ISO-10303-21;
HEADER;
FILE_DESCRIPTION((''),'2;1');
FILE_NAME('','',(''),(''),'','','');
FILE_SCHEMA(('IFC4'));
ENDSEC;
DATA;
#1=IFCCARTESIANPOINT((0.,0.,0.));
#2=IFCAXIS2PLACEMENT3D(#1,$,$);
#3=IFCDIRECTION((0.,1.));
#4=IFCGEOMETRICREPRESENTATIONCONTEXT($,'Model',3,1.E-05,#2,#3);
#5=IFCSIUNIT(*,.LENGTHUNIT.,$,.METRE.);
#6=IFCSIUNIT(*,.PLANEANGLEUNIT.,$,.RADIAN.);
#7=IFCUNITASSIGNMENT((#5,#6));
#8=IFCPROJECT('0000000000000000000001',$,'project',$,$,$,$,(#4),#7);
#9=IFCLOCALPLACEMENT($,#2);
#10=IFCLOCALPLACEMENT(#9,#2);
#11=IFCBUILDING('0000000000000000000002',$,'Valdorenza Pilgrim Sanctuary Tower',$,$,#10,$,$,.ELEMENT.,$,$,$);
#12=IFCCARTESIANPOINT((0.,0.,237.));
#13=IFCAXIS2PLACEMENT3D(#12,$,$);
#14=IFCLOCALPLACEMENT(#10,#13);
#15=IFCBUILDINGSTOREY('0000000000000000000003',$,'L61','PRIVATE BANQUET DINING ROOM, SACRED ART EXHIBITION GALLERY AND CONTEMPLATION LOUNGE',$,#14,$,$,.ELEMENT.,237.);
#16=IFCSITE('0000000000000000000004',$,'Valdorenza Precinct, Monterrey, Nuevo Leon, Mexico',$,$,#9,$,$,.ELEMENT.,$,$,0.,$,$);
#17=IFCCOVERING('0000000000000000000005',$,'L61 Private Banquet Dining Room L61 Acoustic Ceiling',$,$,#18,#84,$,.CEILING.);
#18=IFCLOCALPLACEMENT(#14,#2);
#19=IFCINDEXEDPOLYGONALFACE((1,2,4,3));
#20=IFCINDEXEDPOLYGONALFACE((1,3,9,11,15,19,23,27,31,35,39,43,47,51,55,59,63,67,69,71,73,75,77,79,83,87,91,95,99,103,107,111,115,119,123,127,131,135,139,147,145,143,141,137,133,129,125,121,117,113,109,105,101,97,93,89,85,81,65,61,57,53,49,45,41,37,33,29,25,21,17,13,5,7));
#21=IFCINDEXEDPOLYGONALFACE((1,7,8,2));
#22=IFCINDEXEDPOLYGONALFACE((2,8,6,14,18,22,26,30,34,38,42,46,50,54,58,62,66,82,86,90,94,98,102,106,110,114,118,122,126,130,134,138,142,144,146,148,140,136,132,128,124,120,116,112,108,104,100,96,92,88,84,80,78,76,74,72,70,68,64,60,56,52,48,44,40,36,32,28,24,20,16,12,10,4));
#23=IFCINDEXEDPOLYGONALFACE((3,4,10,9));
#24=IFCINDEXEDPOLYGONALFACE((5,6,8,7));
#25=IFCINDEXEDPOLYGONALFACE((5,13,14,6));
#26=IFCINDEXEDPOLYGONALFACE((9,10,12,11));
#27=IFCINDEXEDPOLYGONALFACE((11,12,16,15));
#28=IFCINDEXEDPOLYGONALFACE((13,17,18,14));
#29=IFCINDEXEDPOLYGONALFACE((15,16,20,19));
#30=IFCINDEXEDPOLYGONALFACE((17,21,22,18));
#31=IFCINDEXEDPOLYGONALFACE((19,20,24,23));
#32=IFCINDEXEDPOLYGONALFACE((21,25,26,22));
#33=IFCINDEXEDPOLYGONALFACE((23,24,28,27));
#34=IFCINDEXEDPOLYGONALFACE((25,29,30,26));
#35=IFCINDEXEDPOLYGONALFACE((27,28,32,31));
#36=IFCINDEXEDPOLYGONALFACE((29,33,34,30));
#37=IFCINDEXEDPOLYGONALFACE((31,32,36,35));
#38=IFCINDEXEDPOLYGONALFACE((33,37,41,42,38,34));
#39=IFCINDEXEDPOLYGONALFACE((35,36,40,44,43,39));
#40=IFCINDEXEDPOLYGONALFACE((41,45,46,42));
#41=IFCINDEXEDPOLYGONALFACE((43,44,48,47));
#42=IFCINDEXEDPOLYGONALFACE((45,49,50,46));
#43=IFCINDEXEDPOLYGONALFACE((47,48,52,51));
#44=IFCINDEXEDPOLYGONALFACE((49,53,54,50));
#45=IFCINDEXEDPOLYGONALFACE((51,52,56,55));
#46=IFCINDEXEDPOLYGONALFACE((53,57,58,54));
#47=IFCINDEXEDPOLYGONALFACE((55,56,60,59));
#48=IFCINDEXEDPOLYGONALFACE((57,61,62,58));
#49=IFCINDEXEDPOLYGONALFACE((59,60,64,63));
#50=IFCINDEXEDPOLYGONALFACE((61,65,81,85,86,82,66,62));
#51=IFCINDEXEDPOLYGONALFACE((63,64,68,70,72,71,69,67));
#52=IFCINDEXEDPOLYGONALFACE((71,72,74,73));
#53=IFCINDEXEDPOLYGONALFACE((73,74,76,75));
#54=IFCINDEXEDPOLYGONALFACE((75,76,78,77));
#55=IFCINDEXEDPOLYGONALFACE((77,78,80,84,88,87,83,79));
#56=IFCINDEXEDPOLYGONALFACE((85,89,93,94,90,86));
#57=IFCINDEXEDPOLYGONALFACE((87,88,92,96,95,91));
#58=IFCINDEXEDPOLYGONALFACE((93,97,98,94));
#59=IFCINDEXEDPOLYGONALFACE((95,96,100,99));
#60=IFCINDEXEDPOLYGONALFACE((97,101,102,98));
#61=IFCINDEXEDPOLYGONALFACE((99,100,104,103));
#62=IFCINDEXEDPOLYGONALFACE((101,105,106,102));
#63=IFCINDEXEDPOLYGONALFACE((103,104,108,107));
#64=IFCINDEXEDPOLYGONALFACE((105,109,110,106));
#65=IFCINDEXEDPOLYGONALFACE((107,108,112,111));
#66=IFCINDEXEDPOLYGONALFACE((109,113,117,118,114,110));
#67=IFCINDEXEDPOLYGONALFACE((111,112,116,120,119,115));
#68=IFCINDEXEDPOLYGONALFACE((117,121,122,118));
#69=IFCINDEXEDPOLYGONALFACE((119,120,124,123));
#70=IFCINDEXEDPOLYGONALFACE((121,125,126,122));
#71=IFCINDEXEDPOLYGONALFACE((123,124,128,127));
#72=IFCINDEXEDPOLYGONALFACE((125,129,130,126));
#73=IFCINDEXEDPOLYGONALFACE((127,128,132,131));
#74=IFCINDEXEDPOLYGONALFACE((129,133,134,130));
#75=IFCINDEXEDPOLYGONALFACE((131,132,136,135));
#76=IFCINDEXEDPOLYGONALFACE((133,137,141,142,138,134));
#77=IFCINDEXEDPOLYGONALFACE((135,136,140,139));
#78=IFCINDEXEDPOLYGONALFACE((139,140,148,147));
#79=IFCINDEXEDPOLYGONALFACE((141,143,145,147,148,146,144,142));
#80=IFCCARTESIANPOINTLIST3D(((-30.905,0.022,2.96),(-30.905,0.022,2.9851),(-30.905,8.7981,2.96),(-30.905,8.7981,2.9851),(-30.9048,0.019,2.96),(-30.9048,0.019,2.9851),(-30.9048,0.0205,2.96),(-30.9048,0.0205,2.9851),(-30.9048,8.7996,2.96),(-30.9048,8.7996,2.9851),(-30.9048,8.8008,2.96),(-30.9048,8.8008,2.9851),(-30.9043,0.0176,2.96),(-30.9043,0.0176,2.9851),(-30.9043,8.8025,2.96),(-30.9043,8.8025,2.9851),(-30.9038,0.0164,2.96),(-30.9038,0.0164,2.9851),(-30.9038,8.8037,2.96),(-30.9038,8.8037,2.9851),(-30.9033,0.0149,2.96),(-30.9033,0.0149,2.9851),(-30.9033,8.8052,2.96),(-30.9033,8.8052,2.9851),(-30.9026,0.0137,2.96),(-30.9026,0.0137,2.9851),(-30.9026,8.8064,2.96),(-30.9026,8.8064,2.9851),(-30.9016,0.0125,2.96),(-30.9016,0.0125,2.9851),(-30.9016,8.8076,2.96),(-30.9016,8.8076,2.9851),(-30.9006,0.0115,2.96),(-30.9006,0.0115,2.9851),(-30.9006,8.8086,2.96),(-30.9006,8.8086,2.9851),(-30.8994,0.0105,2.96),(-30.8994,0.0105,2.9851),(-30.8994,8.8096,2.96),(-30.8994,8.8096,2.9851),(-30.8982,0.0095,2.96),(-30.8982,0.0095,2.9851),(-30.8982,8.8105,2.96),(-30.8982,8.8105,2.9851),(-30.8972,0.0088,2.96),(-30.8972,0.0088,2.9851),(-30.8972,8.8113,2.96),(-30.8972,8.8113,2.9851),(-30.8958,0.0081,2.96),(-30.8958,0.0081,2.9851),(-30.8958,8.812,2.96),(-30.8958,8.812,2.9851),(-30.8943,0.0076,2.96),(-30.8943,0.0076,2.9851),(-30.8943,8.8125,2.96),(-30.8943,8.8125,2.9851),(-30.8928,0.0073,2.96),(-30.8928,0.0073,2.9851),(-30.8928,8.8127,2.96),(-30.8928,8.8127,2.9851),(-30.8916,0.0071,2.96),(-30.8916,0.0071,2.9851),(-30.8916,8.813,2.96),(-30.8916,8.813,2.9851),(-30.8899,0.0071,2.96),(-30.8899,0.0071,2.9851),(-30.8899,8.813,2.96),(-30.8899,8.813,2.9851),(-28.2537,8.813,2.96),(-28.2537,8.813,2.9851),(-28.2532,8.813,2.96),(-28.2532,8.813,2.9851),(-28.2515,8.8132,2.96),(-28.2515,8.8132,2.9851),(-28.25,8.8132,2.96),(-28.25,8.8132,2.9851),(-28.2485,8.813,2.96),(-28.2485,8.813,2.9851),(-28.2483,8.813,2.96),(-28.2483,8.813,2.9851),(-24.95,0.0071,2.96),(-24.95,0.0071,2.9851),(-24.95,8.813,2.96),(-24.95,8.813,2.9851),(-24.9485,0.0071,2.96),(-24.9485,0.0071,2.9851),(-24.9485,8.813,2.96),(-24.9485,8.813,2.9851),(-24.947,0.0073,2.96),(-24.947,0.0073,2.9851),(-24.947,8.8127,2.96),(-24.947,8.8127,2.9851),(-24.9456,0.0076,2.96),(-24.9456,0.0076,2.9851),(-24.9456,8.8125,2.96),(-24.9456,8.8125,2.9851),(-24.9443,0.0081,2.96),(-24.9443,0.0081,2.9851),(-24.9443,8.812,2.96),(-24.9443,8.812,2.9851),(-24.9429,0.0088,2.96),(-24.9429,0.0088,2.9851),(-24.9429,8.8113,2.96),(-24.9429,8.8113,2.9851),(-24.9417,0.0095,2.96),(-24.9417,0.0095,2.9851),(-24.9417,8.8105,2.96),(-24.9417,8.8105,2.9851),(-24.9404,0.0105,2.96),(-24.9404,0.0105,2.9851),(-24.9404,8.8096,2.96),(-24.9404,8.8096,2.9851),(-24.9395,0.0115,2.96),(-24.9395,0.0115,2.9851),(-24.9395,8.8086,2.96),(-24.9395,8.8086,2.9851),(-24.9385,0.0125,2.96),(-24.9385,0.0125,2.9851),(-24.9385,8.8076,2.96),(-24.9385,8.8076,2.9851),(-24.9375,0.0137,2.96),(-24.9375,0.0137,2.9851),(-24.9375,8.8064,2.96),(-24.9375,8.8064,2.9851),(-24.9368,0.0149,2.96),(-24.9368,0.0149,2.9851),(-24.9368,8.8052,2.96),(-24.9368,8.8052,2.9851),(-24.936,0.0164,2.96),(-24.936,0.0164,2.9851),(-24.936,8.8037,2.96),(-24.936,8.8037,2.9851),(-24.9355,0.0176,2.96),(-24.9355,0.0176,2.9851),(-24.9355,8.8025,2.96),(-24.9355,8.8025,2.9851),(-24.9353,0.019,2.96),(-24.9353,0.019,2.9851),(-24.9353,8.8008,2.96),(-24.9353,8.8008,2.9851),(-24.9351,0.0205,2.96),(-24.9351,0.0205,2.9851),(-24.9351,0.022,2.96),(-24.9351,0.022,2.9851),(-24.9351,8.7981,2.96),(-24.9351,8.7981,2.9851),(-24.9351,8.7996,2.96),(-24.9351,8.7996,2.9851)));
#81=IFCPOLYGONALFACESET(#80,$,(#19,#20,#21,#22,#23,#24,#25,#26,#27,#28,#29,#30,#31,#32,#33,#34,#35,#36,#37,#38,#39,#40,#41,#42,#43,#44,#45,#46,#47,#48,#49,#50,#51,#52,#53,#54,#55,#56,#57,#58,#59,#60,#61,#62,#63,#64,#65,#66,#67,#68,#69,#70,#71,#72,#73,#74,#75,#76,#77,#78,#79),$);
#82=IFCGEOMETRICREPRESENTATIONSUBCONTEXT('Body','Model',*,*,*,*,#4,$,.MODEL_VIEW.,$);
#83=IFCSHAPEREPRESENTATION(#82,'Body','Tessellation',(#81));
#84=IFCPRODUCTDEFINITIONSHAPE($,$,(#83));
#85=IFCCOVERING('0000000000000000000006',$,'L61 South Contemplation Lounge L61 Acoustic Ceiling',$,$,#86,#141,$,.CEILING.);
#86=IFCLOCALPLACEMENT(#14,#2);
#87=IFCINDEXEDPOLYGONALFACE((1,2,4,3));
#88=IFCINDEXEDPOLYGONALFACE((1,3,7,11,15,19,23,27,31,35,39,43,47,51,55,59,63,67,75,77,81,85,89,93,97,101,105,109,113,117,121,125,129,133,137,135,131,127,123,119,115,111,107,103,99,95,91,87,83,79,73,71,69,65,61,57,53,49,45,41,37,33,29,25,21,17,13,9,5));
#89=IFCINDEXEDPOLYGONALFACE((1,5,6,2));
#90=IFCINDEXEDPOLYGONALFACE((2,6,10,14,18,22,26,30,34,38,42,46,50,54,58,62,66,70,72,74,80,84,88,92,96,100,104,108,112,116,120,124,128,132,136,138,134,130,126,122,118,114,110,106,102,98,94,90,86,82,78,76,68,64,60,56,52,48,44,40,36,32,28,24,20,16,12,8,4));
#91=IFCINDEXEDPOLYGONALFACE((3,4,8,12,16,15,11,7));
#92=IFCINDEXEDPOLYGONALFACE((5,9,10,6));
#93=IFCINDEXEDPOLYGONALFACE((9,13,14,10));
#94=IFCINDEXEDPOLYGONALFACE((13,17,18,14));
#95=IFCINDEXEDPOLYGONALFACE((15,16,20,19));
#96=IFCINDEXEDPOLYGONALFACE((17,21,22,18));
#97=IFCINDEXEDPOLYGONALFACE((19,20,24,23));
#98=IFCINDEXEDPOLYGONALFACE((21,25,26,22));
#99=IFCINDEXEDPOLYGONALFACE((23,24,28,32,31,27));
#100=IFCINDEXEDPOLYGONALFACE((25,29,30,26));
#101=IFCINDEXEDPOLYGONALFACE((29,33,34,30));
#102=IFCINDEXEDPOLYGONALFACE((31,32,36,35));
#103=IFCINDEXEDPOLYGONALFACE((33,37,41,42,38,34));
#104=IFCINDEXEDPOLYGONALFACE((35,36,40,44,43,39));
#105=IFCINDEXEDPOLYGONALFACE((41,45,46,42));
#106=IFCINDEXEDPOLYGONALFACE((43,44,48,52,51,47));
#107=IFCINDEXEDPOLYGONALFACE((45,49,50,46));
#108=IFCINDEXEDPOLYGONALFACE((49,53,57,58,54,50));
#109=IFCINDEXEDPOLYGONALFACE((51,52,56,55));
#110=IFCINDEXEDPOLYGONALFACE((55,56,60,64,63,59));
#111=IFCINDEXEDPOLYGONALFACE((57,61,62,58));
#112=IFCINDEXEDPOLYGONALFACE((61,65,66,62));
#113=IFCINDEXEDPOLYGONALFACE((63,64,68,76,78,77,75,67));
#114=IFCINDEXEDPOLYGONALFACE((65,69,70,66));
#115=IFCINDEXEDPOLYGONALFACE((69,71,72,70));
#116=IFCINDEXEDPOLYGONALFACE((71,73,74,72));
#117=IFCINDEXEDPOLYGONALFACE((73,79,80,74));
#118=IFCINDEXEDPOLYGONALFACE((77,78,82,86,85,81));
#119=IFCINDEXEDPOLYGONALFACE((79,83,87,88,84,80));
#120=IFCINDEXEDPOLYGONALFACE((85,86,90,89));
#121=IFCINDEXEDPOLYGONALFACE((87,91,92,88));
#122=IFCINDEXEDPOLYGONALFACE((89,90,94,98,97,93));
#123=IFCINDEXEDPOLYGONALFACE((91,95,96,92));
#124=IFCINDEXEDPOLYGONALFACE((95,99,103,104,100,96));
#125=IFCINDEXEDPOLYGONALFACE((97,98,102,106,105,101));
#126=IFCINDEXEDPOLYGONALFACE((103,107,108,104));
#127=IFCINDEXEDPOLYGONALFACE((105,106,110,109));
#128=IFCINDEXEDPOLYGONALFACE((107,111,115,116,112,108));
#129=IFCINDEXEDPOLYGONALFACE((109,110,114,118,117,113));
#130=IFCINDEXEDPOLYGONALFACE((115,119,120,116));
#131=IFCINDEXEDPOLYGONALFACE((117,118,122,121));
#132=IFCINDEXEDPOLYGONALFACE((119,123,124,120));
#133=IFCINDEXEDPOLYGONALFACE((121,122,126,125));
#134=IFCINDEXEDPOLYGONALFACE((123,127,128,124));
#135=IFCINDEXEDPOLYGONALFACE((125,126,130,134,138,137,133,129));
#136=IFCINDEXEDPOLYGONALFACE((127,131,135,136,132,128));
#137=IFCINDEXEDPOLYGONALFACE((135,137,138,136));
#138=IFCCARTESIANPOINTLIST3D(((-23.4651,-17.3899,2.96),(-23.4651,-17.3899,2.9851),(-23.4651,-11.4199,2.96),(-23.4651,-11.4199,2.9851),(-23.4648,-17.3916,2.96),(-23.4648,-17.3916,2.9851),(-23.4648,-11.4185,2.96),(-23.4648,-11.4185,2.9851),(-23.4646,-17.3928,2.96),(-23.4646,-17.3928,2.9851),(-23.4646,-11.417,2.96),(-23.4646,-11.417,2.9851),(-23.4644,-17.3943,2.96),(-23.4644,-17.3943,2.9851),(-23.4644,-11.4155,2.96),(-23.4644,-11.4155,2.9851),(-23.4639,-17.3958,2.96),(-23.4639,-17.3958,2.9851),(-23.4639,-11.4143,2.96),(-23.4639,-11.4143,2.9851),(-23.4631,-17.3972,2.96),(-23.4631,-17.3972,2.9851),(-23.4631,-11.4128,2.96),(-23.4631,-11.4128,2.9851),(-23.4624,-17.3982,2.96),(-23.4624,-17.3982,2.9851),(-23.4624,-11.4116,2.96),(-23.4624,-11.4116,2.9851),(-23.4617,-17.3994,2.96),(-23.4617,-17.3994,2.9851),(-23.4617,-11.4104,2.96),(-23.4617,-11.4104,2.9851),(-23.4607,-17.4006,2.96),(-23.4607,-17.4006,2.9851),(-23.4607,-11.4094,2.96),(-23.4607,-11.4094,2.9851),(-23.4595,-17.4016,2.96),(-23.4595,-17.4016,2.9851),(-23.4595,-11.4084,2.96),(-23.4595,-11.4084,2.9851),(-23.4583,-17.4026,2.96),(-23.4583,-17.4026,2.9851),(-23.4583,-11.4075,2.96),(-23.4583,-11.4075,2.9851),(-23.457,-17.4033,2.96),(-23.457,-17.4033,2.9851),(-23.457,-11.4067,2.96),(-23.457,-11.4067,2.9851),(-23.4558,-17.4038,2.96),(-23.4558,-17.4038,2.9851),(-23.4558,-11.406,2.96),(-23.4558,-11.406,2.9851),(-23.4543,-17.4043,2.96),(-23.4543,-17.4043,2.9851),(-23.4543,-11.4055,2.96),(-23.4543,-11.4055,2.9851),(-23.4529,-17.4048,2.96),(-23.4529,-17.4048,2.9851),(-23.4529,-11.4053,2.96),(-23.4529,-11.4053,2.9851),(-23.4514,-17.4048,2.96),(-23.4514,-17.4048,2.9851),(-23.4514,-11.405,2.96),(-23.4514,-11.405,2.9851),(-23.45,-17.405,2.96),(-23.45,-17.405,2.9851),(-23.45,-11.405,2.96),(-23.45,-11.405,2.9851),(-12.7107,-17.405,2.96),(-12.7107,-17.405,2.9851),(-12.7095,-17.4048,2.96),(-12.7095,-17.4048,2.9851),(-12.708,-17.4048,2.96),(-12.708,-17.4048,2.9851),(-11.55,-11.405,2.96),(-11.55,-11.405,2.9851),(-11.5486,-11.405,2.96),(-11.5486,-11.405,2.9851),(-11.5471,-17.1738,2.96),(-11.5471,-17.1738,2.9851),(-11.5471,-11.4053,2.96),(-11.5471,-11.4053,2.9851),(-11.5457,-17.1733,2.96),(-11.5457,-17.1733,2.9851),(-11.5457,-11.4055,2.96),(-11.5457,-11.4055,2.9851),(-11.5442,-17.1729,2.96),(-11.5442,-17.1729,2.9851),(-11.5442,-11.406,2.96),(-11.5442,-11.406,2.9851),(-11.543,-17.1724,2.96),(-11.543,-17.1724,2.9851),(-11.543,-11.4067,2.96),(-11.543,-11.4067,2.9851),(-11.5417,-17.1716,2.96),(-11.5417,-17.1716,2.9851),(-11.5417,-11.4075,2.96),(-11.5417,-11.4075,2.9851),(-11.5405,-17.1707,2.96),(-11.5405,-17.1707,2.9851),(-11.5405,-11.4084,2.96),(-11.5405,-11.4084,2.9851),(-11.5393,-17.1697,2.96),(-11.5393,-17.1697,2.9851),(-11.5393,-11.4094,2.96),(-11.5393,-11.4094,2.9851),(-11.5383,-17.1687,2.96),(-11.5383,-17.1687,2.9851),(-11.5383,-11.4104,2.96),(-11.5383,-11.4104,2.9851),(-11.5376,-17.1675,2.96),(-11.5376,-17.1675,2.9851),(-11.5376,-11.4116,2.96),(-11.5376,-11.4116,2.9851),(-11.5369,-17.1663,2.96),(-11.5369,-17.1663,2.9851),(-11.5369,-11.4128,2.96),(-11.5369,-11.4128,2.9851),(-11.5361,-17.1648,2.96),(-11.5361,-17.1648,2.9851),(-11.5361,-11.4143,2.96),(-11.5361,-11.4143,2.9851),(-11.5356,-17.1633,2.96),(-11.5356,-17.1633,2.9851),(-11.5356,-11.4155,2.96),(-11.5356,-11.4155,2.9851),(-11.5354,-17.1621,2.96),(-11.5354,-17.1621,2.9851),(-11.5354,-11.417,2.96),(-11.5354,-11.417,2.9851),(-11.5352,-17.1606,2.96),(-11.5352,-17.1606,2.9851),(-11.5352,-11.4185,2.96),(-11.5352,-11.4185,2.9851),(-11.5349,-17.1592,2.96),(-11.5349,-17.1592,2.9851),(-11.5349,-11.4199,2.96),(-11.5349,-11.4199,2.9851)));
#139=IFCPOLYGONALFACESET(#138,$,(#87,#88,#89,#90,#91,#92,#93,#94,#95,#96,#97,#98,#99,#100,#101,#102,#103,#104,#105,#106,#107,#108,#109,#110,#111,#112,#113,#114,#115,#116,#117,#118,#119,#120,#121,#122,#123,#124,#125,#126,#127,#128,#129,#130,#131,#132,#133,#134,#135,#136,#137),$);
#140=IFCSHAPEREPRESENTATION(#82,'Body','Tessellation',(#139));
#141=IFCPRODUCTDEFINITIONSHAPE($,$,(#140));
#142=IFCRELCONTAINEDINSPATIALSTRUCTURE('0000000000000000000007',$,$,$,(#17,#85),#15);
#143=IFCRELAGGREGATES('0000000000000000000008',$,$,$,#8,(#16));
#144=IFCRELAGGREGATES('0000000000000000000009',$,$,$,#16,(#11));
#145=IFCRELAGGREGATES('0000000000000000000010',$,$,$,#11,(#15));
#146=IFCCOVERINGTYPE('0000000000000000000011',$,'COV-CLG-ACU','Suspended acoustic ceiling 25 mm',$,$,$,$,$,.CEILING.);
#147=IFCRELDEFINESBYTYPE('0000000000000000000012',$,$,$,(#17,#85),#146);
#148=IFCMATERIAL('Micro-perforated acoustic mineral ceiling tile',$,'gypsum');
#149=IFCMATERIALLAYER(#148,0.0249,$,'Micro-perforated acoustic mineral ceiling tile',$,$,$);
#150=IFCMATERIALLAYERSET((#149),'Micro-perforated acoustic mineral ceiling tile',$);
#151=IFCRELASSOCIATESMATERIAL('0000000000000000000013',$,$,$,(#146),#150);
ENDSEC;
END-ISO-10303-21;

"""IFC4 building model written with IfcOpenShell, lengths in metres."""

from ifc_helpers import new_model, si_unit, direction, frame, origin, place, context, subcontext, project, spatial, polyline, outline, extrude, material, layer, layer_set, type_object, element, save


model = new_model("IFC4")

# Units and contexts
model_context = context("Model", 3, precision=1e-05, world=origin(), true_north=direction((0.0, 1.0)))
body_context = subcontext(model_context, "Body", "Model", "MODEL_VIEW")
ifc_project = project(units=[si_unit("LENGTHUNIT", "METRE"), si_unit("PLANEANGLEUNIT", "RADIAN")], contexts=[model_context])

# Site, building, storey
site_placement = place(None, origin())
site = spatial("IfcSite", under=ifc_project, at=site_placement, Name="Valdorenza Precinct, Monterrey, Nuevo Leon, Mexico", CompositionType="ELEMENT", RefElevation=0.0)
building_placement = place(site_placement, origin())
building = spatial("IfcBuilding", under=site, at=building_placement, Name="Valdorenza Pilgrim Sanctuary Tower", CompositionType="ELEMENT")
storey_placement = place(building_placement, frame((0.0, 0.0, 237.0)))
storey = spatial("IfcBuildingStorey", under=building, at=storey_placement, Name="L61", Description="PRIVATE BANQUET DINING ROOM, SACRED ART EXHIBITION GALLERY AND CONTEMPLATION LOUNGE", CompositionType="ELEMENT", Elevation=237.0)

# Coverings
ifc_material_1 = material(Name="Micro-perforated acoustic mineral ceiling tile", Category="gypsum")
ifc_layer_1 = layer(ifc_material_1, 0.0249, Name="Micro-perforated acoustic mineral ceiling tile")
ifc_layer_set_1 = layer_set([ifc_layer_1], Name="Micro-perforated acoustic mineral ceiling tile")
covering_type_1 = type_object("IfcCoveringType", Name="COV-CLG-ACU", Description="Suspended acoustic ceiling 25 mm", PredefinedType="CEILING", material=ifc_layer_set_1)
covering_1_placement = place(storey_placement, frame((0.0, 0.0, 2.96)))
element("IfcCovering", 1, at=covering_1_placement, inside=storey, type_object=covering_type_1, Name="L61 Private Banquet Dining Room L61 Acoustic Ceiling", PredefinedType="CEILING", context=body_context, shape_type="SweptSolid", body=[
    extrude(outline(polyline([(-28.2537, 8.813), (-28.2532, 8.813), (-28.2515, 8.8132), (-28.25, 8.8132), (-28.2485, 8.813), (-28.2483, 8.813), (-24.95, 8.813), (-24.9485, 8.813), (-24.947, 8.8127), (-24.9456, 8.8125), (-24.9443, 8.812), (-24.9429, 8.8113), (-24.9417, 8.8105), (-24.9404, 8.8096), (-24.9395, 8.8086), (-24.9385, 8.8076), (-24.9375, 8.8064), (-24.9368, 8.8052), (-24.936, 8.8037), (-24.9355, 8.8025), (-24.9353, 8.8008), (-24.9351, 8.7996), (-24.9351, 8.7981), (-24.9351, 0.022), (-24.9351, 0.0205), (-24.9353, 0.019), (-24.9355, 0.0176), (-24.936, 0.0164), (-24.9368, 0.0149), (-24.9375, 0.0137), (-24.9385, 0.0125), (-24.9395, 0.0115), (-24.9404, 0.0105), (-24.9417, 0.0095), (-24.9429, 0.0088), (-24.9443, 0.0081), (-24.9456, 0.0076), (-24.947, 0.0073), (-24.9485, 0.0071), (-24.95, 0.0071), (-30.8899, 0.0071), (-30.8916, 0.0071), (-30.8928, 0.0073), (-30.8943, 0.0076), (-30.8958, 0.0081), (-30.8972, 0.0088), (-30.8982, 0.0095), (-30.8994, 0.0105), (-30.9006, 0.0115), (-30.9016, 0.0125), (-30.9026, 0.0137), (-30.9033, 0.0149), (-30.9038, 0.0164), (-30.9043, 0.0176), (-30.9048, 0.019), (-30.9048, 0.0205), (-30.905, 0.022), (-30.905, 8.7981), (-30.9048, 8.7996), (-30.9048, 8.8008), (-30.9043, 8.8025), (-30.9038, 8.8037), (-30.9033, 8.8052), (-30.9026, 8.8064), (-30.9016, 8.8076), (-30.9006, 8.8086), (-30.8994, 8.8096), (-30.8982, 8.8105), (-30.8972, 8.8113), (-30.8958, 8.812), (-30.8943, 8.8125), (-30.8928, 8.8127), (-30.8916, 8.813), (-30.8899, 8.813), (-28.2537, 8.813)])), origin(), (0.0, 0.0, 1.0), 0.0251),
])
covering_2_placement = place(storey_placement, frame((0.0, 0.0, 2.96)))
element("IfcCovering", 2, at=covering_2_placement, inside=storey, type_object=covering_type_1, Name="L61 South Contemplation Lounge L61 Acoustic Ceiling", PredefinedType="CEILING", context=body_context, shape_type="SweptSolid", body=[
    extrude(outline(polyline([(-11.55, -11.405), (-11.5486, -11.405), (-11.5471, -11.4053), (-11.5457, -11.4055), (-11.5442, -11.406), (-11.543, -11.4067), (-11.5417, -11.4075), (-11.5405, -11.4084), (-11.5393, -11.4094), (-11.5383, -11.4104), (-11.5376, -11.4116), (-11.5369, -11.4128), (-11.5361, -11.4143), (-11.5356, -11.4155), (-11.5354, -11.417), (-11.5352, -11.4185), (-11.5349, -11.4199), (-11.5349, -17.1592), (-11.5352, -17.1606), (-11.5354, -17.1621), (-11.5356, -17.1633), (-11.5361, -17.1648), (-11.5369, -17.1663), (-11.5376, -17.1675), (-11.5383, -17.1687), (-11.5393, -17.1697), (-11.5405, -17.1707), (-11.5417, -17.1716), (-11.543, -17.1724), (-11.5442, -17.1729), (-11.5457, -17.1733), (-11.5471, -17.1738), (-12.708, -17.4048), (-12.7095, -17.4048), (-12.7107, -17.405), (-23.45, -17.405), (-23.4514, -17.4048), (-23.4529, -17.4048), (-23.4543, -17.4043), (-23.4558, -17.4038), (-23.457, -17.4033), (-23.4583, -17.4026), (-23.4595, -17.4016), (-23.4607, -17.4006), (-23.4617, -17.3994), (-23.4624, -17.3982), (-23.4631, -17.3972), (-23.4639, -17.3958), (-23.4644, -17.3943), (-23.4646, -17.3928), (-23.4648, -17.3916), (-23.4651, -17.3899), (-23.4651, -11.4199), (-23.4648, -11.4185), (-23.4646, -11.417), (-23.4644, -11.4155), (-23.4639, -11.4143), (-23.4631, -11.4128), (-23.4624, -11.4116), (-23.4617, -11.4104), (-23.4607, -11.4094), (-23.4595, -11.4084), (-23.4583, -11.4075), (-23.457, -11.4067), (-23.4558, -11.406), (-23.4543, -11.4055), (-23.4529, -11.4053), (-23.4514, -11.405), (-23.45, -11.405), (-11.55, -11.405)])), origin(), (0.0, 0.0, 1.0), 0.0251),
])

save(model, "model.ifc")
